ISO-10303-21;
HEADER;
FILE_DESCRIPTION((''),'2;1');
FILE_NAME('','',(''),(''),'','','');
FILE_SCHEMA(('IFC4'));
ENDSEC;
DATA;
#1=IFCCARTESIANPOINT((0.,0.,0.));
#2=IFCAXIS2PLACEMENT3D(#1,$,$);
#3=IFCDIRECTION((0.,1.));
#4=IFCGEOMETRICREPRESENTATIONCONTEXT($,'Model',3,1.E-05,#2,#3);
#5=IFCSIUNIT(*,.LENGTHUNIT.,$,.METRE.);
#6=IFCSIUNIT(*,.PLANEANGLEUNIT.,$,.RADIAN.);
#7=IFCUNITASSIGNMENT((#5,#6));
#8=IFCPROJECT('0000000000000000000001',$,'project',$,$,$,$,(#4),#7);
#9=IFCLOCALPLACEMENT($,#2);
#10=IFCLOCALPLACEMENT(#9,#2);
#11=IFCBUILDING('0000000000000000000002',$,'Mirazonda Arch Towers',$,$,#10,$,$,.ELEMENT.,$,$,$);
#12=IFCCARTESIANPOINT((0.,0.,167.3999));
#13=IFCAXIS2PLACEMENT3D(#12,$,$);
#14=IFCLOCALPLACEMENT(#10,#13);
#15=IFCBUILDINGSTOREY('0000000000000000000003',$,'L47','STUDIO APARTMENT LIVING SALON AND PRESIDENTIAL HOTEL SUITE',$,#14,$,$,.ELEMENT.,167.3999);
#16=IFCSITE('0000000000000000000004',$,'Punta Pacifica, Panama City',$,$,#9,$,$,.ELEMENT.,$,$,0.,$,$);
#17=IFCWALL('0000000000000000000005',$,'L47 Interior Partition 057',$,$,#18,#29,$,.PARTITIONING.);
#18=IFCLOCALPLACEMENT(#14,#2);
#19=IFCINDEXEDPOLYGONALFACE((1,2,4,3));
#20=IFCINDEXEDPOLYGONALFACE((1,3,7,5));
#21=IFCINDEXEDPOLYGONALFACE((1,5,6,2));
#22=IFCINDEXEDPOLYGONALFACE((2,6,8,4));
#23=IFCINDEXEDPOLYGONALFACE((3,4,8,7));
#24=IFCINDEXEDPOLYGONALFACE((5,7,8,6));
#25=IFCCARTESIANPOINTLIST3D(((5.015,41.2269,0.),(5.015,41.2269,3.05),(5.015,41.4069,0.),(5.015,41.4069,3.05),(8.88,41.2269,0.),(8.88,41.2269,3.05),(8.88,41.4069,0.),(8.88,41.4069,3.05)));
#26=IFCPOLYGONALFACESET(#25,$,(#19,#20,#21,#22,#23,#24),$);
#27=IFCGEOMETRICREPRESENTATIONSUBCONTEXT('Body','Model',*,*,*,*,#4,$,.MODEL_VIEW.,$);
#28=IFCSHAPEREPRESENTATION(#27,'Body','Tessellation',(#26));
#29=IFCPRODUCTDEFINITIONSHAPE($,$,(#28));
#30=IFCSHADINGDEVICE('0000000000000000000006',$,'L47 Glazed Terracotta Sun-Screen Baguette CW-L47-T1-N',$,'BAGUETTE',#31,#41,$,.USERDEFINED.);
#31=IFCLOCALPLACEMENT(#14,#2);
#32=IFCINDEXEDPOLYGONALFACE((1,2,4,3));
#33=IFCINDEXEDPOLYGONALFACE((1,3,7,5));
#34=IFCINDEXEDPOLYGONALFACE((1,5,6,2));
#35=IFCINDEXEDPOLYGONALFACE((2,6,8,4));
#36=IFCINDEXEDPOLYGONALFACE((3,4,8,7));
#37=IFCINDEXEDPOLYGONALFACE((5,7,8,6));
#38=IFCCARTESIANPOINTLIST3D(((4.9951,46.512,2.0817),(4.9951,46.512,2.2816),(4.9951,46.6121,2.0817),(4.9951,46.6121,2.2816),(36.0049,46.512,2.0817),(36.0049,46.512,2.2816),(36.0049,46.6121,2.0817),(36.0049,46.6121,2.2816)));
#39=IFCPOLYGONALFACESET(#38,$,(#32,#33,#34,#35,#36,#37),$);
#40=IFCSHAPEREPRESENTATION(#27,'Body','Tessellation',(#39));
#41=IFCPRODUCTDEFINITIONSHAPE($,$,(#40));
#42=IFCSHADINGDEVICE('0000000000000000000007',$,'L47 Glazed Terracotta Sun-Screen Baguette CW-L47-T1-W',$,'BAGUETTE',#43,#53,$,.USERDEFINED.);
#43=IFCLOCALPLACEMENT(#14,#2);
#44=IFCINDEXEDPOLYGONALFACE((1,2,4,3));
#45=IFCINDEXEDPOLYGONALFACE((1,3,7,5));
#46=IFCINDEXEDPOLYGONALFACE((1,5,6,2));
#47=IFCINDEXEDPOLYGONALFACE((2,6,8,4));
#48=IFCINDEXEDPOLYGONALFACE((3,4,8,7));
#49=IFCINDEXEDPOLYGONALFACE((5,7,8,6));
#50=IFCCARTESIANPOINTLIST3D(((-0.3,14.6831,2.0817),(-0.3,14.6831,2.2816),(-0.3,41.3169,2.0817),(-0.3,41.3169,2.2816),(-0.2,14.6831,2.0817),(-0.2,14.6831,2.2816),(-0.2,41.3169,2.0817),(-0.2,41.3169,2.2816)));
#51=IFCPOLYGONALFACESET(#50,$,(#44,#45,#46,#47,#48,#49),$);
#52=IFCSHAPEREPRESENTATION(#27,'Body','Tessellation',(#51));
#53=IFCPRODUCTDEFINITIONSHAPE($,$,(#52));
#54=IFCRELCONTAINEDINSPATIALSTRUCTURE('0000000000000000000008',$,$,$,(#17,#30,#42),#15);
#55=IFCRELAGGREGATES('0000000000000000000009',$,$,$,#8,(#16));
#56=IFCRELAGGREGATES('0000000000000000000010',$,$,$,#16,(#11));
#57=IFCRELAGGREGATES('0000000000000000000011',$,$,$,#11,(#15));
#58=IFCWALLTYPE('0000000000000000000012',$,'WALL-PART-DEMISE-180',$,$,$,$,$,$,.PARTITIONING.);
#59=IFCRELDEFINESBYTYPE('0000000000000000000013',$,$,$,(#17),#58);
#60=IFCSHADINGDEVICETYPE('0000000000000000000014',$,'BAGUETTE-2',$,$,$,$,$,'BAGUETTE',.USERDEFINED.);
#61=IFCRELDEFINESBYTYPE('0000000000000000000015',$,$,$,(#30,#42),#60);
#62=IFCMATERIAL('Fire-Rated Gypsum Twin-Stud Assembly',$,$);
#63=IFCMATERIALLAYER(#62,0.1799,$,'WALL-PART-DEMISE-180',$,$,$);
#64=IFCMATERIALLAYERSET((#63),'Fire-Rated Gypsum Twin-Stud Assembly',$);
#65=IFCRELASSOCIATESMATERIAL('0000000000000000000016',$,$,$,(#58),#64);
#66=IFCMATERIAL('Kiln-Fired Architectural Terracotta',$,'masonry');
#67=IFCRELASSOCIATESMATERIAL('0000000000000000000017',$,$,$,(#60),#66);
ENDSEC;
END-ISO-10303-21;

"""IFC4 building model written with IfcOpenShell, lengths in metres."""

from ifc_helpers import new_model, si_unit, direction, frame, frame_2d, origin, origin_2d, place, context, subcontext, project, spatial, rectangle, extrude, material, layer, layer_set, material_profile, profile_set, type_object, element, save


model = new_model("IFC4")

# Units and contexts
model_context = context("Model", 3, precision=1e-05, world=origin(), true_north=direction((0.0, 1.0)))
body_context = subcontext(model_context, "Body", "Model", "MODEL_VIEW")
ifc_project = project(units=[si_unit("LENGTHUNIT", "METRE"), si_unit("PLANEANGLEUNIT", "RADIAN")], contexts=[model_context])

# Site, building, storey
site_placement = place(None, origin())
site = spatial("IfcSite", under=ifc_project, at=site_placement, Name="Punta Pacifica, Panama City", CompositionType="ELEMENT", RefElevation=0.0)
building_placement = place(site_placement, origin())
building = spatial("IfcBuilding", under=site, at=building_placement, Name="Mirazonda Arch Towers", CompositionType="ELEMENT")
storey_placement = place(building_placement, frame((0.0, 0.0, 167.3999)))
storey = spatial("IfcBuildingStorey", under=building, at=storey_placement, Name="L47", Description="STUDIO APARTMENT LIVING SALON AND PRESIDENTIAL HOTEL SUITE", CompositionType="ELEMENT", Elevation=167.3999)

# Wall
ifc_material_1 = material(Name="Fire-Rated Gypsum Twin-Stud Assembly")
ifc_layer_1 = layer(ifc_material_1, 0.1799, Name="WALL-PART-DEMISE-180")
ifc_layer_set_1 = layer_set([ifc_layer_1], Name="Fire-Rated Gypsum Twin-Stud Assembly")
wall_type_1 = type_object("IfcWallType", Name="WALL-PART-DEMISE-180", PredefinedType="PARTITIONING", material=ifc_layer_set_1)
wall_1_placement = place(storey_placement, frame((5.0149, 41.3169, 0.0), z_axis=(0.0, 0.0, 1.0), x_axis=(1.0, 0.0, 0.0)))
element("IfcWall", 1, at=wall_1_placement, inside=storey, type_object=wall_type_1, Name="L47 Interior Partition 057", PredefinedType="PARTITIONING", context=body_context, shape_type="SweptSolid", body=[
    extrude(rectangle(XDim=3.865, YDim=0.1799, at=frame_2d((1.9326, 0.0))), origin(), (0.0, 0.0, 1.0), 3.05),
])

# Shading devices
ifc_material_2 = material(Name="Kiln-Fired Architectural Terracotta", Category="masonry")
ifc_material_profile_1 = material_profile(ifc_material_2, rectangle(XDim=0.1001, YDim=0.2, at=origin_2d()), Name="TERRA-BAG-100x200")
ifc_profile_set_1 = profile_set([ifc_material_profile_1], Name="Kiln-Fired Architectural Terracotta")
shading_device_type = type_object("IfcShadingDeviceType", Name="BAGUETTE-2", ElementType="BAGUETTE", PredefinedType="USERDEFINED", material=ifc_profile_set_1)
shading_device_1_placement = place(storey_placement, frame((4.9951, 46.562, 2.1816), z_axis=(1.0, 0.0, 0.0), x_axis=(0.0, 1.0, 0.0)))
element("IfcShadingDevice", 2, at=shading_device_1_placement, inside=storey, type_object=shading_device_type, Name="L47 Glazed Terracotta Sun-Screen Baguette CW-L47-T1-N", ObjectType="BAGUETTE", PredefinedType="USERDEFINED", context=body_context, shape_type="SweptSolid", body=[
    extrude(rectangle(XDim=0.1001, YDim=0.2, at=origin_2d()), origin(), (0.0, 0.0, 1.0), 31.0098),
])
shading_device_2_placement = place(storey_placement, frame((-0.25, 41.3169, 2.1816), z_axis=(0.0, -1.0, 0.0), x_axis=(1.0, 0.0, 0.0)))
element("IfcShadingDevice", 3, at=shading_device_2_placement, inside=storey, type_object=shading_device_type, Name="L47 Glazed Terracotta Sun-Screen Baguette CW-L47-T1-W", ObjectType="BAGUETTE", PredefinedType="USERDEFINED", context=body_context, shape_type="SweptSolid", body=[
    extrude(rectangle(XDim=0.1001, YDim=0.2, at=origin_2d()), origin(), (0.0, 0.0, 1.0), 26.6338),
])

save(model, "model.ifc")
